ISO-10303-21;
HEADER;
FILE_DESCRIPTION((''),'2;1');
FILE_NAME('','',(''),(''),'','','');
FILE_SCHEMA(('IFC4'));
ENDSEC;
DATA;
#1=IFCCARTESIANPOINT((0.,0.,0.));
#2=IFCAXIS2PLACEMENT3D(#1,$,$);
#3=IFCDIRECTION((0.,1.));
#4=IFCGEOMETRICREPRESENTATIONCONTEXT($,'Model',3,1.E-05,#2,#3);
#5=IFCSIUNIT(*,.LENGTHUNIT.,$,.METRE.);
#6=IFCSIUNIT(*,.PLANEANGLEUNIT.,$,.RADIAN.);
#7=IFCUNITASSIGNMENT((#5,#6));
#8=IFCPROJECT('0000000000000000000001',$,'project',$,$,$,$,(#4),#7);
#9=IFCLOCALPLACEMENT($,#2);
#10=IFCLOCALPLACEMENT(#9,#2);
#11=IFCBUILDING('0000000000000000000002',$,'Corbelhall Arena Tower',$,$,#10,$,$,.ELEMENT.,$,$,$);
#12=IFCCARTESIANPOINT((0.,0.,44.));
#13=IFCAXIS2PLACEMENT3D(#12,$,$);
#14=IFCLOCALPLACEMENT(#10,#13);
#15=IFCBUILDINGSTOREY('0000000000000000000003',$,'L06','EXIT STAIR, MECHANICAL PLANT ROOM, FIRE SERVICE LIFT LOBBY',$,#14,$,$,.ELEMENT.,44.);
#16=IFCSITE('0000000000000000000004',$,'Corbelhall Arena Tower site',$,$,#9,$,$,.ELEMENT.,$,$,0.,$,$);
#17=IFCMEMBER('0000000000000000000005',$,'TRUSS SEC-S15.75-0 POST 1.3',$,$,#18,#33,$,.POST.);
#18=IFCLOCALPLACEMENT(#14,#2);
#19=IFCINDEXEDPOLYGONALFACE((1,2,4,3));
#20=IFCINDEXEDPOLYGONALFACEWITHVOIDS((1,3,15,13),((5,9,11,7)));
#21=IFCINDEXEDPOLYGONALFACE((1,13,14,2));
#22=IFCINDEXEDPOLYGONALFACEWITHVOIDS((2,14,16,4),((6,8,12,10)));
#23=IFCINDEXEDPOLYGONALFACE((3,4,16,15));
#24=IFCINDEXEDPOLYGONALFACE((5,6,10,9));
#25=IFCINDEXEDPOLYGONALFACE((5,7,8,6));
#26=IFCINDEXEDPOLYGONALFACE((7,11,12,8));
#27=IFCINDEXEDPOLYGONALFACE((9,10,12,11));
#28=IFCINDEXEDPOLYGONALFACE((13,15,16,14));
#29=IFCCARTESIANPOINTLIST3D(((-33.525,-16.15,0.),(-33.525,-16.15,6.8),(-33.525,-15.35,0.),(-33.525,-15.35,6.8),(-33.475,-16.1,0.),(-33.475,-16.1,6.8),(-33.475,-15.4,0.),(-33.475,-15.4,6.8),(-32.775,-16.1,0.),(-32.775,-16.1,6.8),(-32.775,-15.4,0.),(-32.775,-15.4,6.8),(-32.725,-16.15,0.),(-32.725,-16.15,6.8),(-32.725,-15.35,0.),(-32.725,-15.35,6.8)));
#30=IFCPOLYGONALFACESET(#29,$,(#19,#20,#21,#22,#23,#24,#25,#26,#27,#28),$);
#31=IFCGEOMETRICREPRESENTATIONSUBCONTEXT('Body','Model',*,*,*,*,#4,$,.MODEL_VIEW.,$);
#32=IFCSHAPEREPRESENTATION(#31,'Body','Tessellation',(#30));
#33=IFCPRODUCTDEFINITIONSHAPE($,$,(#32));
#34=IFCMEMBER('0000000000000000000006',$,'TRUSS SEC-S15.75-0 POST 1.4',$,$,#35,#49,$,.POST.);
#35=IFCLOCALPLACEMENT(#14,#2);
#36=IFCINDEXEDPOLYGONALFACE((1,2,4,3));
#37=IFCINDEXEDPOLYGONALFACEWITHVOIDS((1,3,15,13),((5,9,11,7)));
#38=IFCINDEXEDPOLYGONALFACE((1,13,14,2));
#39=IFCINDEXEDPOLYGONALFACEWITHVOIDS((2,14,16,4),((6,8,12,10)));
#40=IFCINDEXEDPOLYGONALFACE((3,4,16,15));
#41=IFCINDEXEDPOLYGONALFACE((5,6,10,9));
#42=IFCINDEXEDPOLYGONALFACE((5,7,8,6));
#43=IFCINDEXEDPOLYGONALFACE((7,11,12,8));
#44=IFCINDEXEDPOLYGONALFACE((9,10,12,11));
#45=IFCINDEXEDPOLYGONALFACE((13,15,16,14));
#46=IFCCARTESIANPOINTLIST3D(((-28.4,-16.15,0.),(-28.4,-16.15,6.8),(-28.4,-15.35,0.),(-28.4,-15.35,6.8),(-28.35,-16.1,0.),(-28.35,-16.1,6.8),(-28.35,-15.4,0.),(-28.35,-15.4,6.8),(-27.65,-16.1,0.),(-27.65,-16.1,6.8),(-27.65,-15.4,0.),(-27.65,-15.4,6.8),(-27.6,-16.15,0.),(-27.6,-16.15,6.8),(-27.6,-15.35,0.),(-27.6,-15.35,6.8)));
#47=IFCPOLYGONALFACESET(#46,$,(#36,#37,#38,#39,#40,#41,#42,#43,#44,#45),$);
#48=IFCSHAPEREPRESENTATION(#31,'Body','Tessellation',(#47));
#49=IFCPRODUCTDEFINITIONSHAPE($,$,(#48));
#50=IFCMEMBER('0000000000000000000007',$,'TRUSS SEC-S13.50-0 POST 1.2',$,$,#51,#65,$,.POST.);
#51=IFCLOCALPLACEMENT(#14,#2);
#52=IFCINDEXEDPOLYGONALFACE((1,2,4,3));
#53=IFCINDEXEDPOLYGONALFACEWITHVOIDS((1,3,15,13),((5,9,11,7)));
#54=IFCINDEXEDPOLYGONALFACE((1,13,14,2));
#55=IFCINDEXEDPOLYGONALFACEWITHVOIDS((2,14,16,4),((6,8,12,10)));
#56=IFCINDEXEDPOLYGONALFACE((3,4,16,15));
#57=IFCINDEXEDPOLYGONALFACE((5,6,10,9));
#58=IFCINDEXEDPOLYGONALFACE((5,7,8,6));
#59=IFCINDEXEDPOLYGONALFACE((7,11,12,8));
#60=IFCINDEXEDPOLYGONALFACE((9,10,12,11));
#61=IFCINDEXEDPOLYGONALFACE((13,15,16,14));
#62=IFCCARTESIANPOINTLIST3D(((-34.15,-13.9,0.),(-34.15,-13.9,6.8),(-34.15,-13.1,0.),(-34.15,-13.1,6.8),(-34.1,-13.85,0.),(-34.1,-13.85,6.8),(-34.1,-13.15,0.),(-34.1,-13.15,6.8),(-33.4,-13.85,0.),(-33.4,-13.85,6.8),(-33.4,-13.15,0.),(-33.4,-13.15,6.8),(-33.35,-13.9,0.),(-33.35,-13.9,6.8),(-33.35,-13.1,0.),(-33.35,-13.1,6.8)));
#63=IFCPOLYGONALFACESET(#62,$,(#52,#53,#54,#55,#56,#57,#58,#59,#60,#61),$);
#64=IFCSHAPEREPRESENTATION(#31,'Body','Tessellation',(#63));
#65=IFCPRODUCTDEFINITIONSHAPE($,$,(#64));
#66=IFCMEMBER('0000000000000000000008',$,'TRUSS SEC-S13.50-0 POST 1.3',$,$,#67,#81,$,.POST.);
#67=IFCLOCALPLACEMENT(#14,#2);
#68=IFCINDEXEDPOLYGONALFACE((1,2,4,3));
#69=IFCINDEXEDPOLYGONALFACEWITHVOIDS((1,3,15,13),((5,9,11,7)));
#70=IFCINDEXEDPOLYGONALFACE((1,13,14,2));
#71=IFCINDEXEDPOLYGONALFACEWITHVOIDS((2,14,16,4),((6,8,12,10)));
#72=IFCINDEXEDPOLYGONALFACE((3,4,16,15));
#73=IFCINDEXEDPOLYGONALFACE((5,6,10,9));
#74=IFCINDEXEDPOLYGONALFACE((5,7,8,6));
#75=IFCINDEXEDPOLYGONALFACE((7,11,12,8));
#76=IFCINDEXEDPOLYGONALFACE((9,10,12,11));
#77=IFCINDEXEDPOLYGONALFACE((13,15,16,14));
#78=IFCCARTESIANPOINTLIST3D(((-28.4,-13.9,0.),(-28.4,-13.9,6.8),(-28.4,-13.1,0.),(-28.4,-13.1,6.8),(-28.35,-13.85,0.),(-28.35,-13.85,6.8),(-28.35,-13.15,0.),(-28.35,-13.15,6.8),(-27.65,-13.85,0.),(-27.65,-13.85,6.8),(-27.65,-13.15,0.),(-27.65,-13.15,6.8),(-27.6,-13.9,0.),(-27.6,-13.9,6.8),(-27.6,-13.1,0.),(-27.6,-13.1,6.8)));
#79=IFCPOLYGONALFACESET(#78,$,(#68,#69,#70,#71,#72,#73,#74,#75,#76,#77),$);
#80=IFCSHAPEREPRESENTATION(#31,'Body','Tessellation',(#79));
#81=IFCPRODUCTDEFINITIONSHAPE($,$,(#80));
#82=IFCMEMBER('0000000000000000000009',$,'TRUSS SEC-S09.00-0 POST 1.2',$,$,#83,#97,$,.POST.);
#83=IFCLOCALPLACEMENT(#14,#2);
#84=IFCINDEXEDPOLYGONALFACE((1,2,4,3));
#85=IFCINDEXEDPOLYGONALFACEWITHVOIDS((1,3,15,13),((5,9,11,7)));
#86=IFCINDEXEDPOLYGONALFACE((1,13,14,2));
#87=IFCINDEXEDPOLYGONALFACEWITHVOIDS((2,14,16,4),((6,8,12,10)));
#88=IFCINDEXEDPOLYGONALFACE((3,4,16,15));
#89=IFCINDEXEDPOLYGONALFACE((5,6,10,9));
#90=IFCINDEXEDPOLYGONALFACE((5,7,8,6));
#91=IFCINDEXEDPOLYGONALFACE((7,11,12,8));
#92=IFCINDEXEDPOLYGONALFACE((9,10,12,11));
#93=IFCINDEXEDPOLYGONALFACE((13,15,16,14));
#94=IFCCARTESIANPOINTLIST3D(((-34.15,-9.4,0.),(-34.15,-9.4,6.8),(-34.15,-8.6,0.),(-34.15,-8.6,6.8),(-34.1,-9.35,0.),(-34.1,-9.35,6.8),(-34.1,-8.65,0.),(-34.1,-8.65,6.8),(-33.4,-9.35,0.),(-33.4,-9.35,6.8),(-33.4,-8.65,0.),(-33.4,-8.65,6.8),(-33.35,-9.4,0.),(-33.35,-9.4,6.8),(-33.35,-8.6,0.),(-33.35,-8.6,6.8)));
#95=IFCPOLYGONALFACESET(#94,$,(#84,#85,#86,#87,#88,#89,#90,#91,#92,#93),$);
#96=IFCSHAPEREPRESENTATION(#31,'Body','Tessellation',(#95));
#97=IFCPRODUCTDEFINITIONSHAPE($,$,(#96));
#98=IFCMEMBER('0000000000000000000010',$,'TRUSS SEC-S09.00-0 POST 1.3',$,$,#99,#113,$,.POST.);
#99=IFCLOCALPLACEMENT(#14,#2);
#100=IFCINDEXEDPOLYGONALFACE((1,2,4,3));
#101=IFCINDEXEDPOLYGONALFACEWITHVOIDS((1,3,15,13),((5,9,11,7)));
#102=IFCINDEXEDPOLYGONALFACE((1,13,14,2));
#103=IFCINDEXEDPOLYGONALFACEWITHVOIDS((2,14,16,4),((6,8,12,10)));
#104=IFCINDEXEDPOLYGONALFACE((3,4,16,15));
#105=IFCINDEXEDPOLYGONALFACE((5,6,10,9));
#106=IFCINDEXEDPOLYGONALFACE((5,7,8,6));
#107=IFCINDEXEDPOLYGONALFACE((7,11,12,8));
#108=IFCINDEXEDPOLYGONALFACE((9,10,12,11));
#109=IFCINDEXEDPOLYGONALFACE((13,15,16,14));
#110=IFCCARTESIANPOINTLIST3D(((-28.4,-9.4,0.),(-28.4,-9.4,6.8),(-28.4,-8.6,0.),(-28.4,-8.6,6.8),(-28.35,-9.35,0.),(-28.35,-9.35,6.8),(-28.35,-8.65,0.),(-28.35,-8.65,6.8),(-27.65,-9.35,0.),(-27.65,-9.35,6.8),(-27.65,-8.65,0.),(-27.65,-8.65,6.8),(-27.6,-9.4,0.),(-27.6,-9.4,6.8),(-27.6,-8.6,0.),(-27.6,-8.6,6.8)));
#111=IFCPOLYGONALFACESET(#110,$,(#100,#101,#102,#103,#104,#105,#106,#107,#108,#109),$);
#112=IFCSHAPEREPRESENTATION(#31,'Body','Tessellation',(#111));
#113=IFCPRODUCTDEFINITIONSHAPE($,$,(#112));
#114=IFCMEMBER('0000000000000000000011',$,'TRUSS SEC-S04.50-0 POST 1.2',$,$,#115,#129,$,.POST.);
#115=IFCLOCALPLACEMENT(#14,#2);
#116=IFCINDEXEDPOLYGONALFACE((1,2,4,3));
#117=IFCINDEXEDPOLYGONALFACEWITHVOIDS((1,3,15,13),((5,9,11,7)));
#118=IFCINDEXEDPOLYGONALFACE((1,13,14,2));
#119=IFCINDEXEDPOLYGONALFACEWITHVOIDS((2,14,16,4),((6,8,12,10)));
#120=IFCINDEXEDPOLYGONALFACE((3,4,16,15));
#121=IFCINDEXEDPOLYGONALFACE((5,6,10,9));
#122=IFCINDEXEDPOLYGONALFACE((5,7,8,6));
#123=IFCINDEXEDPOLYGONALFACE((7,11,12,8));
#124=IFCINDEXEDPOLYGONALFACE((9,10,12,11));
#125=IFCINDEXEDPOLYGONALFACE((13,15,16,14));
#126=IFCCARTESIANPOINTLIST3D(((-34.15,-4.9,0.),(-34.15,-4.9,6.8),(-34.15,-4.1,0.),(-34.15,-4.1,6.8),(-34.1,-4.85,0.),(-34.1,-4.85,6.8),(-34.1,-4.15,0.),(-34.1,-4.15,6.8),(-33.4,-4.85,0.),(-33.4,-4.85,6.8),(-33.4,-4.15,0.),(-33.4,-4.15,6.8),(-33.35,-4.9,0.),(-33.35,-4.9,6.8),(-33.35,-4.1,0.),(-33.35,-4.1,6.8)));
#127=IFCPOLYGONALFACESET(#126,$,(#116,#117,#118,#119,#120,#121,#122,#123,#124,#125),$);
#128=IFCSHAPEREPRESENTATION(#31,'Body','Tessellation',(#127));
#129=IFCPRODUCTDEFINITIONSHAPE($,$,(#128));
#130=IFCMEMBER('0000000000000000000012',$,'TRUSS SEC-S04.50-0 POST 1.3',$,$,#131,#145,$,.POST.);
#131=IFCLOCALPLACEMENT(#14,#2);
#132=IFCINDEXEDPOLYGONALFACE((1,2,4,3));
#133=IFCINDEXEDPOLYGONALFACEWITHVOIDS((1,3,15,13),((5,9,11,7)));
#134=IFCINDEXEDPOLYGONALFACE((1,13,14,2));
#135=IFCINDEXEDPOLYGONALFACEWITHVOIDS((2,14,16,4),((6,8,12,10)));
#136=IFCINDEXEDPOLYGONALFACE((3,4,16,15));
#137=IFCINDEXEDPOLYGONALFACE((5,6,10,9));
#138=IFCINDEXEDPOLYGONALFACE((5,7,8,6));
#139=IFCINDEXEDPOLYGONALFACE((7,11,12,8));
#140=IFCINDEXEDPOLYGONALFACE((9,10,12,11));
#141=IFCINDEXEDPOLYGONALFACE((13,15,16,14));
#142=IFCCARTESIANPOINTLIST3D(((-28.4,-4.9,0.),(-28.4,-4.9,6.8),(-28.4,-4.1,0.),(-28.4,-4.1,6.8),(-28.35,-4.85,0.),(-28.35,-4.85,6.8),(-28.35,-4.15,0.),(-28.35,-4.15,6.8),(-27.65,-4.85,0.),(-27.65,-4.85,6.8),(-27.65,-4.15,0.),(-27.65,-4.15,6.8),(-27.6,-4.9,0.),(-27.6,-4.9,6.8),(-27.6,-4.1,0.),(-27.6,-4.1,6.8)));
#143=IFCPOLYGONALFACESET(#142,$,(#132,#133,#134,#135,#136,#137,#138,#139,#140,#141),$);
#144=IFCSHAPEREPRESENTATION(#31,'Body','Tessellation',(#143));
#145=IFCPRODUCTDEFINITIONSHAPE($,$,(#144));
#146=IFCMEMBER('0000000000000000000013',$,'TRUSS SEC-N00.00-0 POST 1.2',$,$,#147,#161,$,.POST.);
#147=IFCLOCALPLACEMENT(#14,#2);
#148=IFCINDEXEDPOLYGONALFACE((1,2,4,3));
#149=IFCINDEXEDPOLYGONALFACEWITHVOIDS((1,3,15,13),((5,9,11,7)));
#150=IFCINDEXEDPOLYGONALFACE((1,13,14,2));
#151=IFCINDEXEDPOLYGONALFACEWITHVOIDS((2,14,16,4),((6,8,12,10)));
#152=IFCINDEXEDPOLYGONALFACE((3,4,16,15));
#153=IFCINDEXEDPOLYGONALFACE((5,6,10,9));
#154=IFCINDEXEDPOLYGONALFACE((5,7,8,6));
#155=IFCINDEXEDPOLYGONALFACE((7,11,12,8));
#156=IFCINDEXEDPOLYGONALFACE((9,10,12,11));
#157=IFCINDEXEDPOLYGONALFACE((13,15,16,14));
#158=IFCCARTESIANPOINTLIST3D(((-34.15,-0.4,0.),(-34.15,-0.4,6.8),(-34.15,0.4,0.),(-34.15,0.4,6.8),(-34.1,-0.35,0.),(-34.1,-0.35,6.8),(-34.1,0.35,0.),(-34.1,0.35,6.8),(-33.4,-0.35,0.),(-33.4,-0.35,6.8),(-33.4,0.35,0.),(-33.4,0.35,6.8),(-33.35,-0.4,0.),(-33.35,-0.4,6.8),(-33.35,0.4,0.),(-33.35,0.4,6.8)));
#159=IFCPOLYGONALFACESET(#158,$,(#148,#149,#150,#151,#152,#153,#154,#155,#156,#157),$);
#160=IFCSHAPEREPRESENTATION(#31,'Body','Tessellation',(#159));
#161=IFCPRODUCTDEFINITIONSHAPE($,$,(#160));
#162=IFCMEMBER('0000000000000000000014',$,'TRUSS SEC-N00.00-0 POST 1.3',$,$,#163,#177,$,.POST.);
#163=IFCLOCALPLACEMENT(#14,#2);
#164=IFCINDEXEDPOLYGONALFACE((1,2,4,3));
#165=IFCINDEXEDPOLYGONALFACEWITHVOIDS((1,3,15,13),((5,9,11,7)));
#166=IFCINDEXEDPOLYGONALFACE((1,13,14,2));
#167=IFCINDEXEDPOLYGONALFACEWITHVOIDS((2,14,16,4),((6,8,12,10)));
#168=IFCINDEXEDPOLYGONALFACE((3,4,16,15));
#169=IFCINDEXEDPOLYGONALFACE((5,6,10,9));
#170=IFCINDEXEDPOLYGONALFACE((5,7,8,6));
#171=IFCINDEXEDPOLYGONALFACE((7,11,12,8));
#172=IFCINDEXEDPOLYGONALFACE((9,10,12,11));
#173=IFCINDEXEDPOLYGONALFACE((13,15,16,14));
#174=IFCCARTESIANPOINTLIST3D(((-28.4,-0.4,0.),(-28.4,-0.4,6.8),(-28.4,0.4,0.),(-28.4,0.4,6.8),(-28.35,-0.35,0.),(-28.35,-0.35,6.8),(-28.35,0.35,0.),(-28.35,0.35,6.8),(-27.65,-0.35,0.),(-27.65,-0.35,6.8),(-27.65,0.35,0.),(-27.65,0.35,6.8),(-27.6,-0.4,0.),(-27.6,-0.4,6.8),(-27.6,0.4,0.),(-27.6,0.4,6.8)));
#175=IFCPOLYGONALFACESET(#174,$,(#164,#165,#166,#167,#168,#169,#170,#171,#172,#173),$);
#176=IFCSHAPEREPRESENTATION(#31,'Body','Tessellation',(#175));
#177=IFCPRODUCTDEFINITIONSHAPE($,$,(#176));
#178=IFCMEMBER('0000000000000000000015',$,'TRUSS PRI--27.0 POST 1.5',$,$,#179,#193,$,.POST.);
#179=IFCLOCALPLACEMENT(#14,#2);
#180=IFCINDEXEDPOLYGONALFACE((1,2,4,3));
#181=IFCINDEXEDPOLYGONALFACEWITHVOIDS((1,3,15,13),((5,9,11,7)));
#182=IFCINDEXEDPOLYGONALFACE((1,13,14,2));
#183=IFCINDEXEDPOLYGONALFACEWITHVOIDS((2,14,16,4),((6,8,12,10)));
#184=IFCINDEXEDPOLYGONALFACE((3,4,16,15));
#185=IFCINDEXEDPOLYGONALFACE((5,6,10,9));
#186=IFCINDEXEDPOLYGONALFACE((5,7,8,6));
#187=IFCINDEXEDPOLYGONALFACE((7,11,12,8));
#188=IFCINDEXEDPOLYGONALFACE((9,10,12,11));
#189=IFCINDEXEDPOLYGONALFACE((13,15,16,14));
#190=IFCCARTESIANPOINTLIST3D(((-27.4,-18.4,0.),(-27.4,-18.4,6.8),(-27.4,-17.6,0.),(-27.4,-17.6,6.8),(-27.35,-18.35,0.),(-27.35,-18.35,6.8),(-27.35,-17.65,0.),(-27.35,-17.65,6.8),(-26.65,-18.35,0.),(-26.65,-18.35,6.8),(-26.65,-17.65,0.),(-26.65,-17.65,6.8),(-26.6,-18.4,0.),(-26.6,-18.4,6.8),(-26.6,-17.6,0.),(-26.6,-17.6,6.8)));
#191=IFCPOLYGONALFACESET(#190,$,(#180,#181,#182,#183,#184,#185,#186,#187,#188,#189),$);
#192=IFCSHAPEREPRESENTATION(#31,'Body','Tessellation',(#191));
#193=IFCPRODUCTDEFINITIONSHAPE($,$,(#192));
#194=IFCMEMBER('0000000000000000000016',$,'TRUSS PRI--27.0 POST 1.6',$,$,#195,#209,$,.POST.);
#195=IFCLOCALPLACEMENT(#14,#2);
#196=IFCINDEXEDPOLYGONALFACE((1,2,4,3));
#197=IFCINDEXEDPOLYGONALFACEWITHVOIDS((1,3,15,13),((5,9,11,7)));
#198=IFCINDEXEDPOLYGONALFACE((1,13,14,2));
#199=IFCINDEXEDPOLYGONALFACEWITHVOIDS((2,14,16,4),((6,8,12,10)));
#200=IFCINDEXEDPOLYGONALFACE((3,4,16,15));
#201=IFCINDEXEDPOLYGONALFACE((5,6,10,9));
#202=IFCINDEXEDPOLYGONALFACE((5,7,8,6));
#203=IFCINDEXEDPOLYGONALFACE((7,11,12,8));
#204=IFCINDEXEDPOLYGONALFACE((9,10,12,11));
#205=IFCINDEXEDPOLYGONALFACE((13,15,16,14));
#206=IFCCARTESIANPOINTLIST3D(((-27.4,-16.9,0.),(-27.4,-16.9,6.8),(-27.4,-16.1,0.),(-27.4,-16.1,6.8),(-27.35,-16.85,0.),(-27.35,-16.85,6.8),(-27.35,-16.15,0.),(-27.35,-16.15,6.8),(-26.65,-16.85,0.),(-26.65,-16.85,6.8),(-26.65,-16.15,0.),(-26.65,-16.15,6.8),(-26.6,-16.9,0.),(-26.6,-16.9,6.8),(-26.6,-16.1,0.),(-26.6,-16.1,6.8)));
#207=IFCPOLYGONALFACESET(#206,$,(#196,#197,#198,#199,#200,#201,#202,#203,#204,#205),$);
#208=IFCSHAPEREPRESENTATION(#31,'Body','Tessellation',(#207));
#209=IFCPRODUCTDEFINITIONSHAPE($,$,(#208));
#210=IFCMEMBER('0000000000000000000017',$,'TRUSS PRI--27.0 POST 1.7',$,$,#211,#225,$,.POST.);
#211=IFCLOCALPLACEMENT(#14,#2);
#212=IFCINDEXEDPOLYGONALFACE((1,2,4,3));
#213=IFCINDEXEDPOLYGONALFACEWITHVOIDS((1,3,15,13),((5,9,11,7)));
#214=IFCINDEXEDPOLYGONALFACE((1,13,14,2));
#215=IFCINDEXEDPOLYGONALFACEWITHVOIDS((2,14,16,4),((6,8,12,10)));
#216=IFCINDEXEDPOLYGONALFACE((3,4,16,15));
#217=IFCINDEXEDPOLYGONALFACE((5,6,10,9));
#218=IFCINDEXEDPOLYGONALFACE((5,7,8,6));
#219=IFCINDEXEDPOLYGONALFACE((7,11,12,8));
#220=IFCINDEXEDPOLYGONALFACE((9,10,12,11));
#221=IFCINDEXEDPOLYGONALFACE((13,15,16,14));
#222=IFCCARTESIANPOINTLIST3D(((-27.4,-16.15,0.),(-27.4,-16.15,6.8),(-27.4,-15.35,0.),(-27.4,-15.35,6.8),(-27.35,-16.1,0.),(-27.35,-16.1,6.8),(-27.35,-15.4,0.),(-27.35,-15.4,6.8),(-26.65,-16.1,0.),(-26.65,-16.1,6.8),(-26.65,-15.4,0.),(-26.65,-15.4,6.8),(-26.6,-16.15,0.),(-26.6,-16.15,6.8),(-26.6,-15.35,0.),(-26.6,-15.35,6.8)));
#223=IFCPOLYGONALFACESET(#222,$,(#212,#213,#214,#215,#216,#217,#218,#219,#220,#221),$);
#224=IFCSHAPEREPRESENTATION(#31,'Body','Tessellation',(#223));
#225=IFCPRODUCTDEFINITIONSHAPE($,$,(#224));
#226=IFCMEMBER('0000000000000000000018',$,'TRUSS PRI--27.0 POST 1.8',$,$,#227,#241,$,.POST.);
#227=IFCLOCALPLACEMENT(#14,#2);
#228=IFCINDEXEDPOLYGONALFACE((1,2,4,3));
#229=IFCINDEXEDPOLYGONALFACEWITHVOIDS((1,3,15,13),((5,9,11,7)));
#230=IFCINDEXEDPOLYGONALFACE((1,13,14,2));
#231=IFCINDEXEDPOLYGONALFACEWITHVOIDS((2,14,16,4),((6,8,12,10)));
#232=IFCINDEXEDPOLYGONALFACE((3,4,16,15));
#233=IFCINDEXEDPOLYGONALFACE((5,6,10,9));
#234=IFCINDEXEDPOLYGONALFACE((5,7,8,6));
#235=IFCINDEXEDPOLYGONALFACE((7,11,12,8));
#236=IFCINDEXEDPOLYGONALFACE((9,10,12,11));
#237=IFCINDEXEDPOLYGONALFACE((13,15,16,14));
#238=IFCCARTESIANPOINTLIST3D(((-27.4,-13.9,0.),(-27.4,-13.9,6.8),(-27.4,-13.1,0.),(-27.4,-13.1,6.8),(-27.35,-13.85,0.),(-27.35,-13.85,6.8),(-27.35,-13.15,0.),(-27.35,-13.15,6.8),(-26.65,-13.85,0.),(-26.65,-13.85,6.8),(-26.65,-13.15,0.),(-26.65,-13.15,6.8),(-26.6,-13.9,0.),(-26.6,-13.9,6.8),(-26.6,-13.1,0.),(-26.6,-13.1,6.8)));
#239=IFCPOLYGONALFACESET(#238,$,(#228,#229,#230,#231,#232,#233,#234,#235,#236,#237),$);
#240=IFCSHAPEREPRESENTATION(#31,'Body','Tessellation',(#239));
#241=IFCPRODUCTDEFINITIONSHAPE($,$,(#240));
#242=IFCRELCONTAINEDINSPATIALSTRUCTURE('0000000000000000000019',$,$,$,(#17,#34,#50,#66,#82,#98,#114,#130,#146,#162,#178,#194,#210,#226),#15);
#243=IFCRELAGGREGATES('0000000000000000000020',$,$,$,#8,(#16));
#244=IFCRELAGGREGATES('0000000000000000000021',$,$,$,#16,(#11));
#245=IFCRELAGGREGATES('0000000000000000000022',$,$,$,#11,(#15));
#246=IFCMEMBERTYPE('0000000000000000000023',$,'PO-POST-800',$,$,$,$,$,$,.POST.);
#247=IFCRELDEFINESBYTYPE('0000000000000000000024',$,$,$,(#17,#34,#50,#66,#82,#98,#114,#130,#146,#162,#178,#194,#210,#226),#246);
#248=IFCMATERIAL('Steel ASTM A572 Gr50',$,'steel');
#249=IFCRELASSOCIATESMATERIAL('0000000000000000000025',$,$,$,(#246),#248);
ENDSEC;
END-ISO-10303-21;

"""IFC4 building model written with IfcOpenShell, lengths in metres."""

from ifc_helpers import new_model, si_unit, direction, frame, origin, origin_2d, place, context, subcontext, project, spatial, hollow_rectangle, extrude, material, material_profile, profile_set, type_object, element, save


model = new_model("IFC4")

# Units and contexts
model_context = context("Model", 3, precision=1e-05, world=origin(), true_north=direction((0.0, 1.0)))
body_context = subcontext(model_context, "Body", "Model", "MODEL_VIEW")
ifc_project = project(units=[si_unit("LENGTHUNIT", "METRE"), si_unit("PLANEANGLEUNIT", "RADIAN")], contexts=[model_context])

# Site, building, storey
site_placement = place(None, origin())
site = spatial("IfcSite", under=ifc_project, at=site_placement, Name="Corbelhall Arena Tower site", CompositionType="ELEMENT", RefElevation=0.0)
building_placement = place(site_placement, origin())
building = spatial("IfcBuilding", under=site, at=building_placement, Name="Corbelhall Arena Tower", CompositionType="ELEMENT")
storey_placement = place(building_placement, frame((0.0, 0.0, 44.0)))
storey = spatial("IfcBuildingStorey", under=building, at=storey_placement, Name="L06", Description="EXIT STAIR, MECHANICAL PLANT ROOM, FIRE SERVICE LIFT LOBBY", CompositionType="ELEMENT", Elevation=44.0)

# Members
ifc_material = material(Name="Steel ASTM A572 Gr50", Category="steel")
ifc_material_profile_1 = material_profile(ifc_material, hollow_rectangle(XDim=0.8, YDim=0.8, WallThickness=0.05, at=origin_2d()))
ifc_profile_set_1 = profile_set([ifc_material_profile_1], Name="Steel ASTM A572 Gr50")
member_type_1 = type_object("IfcMemberType", Name="PO-POST-800", PredefinedType="POST", material=ifc_profile_set_1)
for number, where, z_axis, x_axis, name in (
    (1, (-33.125, -15.75, 0.0), (0.0, 0.0, 1.0), (1.0, 0.0, 0.0), "TRUSS SEC-S15.75-0 POST 1.3"),
    (2, (-28.0, -15.75, 0.0), (0.0, 0.0, 1.0), (1.0, 0.0, 0.0), "TRUSS SEC-S15.75-0 POST 1.4"),
    (3, (-33.75, -13.5, 0.0), (0.0, 0.0, 1.0), (1.0, 0.0, 0.0), "TRUSS SEC-S13.50-0 POST 1.2"),
    (4, (-28.0, -13.5, 0.0), (0.0, 0.0, 1.0), (1.0, 0.0, 0.0), "TRUSS SEC-S13.50-0 POST 1.3"),
    (5, (-33.75, -9.0, 0.0), (0.0, 0.0, 1.0), (1.0, 0.0, 0.0), "TRUSS SEC-S09.00-0 POST 1.2"),
    (6, (-28.0, -9.0, 0.0), (0.0, 0.0, 1.0), (1.0, 0.0, 0.0), "TRUSS SEC-S09.00-0 POST 1.3"),
    (7, (-33.75, -4.5, 0.0), (0.0, 0.0, 1.0), (1.0, 0.0, 0.0), "TRUSS SEC-S04.50-0 POST 1.2"),
    (8, (-28.0, -4.5, 0.0), (0.0, 0.0, 1.0), (1.0, 0.0, 0.0), "TRUSS SEC-S04.50-0 POST 1.3"),
    (9, (-33.75, 0.0, 0.0), (0.0, 0.0, 1.0), (1.0, 0.0, 0.0), "TRUSS SEC-N00.00-0 POST 1.2"),
    (10, (-28.0, 0.0, 0.0), (0.0, 0.0, 1.0), (1.0, 0.0, 0.0), "TRUSS SEC-N00.00-0 POST 1.3"),
    (11, (-27.0, -18.0, 0.0), (0.0, 0.0, 1.0), (1.0, 0.0, 0.0), "TRUSS PRI--27.0 POST 1.5"),
    (12, (-27.0, -16.5, 0.0), (0.0, 0.0, 1.0), (1.0, 0.0, 0.0), "TRUSS PRI--27.0 POST 1.6"),
    (13, (-27.0, -15.75, 0.0), (0.0, 0.0, 1.0), (1.0, 0.0, 0.0), "TRUSS PRI--27.0 POST 1.7"),
    (14, (-27.0, -13.5, 0.0), (0.0, 0.0, 1.0), (1.0, 0.0, 0.0), "TRUSS PRI--27.0 POST 1.8"),
):
    element("IfcMember", number, at=place(storey_placement, frame(where, z_axis=z_axis, x_axis=x_axis)), inside=storey, type_object=member_type_1, Name=name, PredefinedType="POST", context=body_context, shape_type="SweptSolid", body=[
        extrude(hollow_rectangle(XDim=0.8, YDim=0.8, WallThickness=0.05, at=origin_2d()), origin(), (0.0, 0.0, 1.0), 6.8),
    ])

save(model, "model.ifc")
